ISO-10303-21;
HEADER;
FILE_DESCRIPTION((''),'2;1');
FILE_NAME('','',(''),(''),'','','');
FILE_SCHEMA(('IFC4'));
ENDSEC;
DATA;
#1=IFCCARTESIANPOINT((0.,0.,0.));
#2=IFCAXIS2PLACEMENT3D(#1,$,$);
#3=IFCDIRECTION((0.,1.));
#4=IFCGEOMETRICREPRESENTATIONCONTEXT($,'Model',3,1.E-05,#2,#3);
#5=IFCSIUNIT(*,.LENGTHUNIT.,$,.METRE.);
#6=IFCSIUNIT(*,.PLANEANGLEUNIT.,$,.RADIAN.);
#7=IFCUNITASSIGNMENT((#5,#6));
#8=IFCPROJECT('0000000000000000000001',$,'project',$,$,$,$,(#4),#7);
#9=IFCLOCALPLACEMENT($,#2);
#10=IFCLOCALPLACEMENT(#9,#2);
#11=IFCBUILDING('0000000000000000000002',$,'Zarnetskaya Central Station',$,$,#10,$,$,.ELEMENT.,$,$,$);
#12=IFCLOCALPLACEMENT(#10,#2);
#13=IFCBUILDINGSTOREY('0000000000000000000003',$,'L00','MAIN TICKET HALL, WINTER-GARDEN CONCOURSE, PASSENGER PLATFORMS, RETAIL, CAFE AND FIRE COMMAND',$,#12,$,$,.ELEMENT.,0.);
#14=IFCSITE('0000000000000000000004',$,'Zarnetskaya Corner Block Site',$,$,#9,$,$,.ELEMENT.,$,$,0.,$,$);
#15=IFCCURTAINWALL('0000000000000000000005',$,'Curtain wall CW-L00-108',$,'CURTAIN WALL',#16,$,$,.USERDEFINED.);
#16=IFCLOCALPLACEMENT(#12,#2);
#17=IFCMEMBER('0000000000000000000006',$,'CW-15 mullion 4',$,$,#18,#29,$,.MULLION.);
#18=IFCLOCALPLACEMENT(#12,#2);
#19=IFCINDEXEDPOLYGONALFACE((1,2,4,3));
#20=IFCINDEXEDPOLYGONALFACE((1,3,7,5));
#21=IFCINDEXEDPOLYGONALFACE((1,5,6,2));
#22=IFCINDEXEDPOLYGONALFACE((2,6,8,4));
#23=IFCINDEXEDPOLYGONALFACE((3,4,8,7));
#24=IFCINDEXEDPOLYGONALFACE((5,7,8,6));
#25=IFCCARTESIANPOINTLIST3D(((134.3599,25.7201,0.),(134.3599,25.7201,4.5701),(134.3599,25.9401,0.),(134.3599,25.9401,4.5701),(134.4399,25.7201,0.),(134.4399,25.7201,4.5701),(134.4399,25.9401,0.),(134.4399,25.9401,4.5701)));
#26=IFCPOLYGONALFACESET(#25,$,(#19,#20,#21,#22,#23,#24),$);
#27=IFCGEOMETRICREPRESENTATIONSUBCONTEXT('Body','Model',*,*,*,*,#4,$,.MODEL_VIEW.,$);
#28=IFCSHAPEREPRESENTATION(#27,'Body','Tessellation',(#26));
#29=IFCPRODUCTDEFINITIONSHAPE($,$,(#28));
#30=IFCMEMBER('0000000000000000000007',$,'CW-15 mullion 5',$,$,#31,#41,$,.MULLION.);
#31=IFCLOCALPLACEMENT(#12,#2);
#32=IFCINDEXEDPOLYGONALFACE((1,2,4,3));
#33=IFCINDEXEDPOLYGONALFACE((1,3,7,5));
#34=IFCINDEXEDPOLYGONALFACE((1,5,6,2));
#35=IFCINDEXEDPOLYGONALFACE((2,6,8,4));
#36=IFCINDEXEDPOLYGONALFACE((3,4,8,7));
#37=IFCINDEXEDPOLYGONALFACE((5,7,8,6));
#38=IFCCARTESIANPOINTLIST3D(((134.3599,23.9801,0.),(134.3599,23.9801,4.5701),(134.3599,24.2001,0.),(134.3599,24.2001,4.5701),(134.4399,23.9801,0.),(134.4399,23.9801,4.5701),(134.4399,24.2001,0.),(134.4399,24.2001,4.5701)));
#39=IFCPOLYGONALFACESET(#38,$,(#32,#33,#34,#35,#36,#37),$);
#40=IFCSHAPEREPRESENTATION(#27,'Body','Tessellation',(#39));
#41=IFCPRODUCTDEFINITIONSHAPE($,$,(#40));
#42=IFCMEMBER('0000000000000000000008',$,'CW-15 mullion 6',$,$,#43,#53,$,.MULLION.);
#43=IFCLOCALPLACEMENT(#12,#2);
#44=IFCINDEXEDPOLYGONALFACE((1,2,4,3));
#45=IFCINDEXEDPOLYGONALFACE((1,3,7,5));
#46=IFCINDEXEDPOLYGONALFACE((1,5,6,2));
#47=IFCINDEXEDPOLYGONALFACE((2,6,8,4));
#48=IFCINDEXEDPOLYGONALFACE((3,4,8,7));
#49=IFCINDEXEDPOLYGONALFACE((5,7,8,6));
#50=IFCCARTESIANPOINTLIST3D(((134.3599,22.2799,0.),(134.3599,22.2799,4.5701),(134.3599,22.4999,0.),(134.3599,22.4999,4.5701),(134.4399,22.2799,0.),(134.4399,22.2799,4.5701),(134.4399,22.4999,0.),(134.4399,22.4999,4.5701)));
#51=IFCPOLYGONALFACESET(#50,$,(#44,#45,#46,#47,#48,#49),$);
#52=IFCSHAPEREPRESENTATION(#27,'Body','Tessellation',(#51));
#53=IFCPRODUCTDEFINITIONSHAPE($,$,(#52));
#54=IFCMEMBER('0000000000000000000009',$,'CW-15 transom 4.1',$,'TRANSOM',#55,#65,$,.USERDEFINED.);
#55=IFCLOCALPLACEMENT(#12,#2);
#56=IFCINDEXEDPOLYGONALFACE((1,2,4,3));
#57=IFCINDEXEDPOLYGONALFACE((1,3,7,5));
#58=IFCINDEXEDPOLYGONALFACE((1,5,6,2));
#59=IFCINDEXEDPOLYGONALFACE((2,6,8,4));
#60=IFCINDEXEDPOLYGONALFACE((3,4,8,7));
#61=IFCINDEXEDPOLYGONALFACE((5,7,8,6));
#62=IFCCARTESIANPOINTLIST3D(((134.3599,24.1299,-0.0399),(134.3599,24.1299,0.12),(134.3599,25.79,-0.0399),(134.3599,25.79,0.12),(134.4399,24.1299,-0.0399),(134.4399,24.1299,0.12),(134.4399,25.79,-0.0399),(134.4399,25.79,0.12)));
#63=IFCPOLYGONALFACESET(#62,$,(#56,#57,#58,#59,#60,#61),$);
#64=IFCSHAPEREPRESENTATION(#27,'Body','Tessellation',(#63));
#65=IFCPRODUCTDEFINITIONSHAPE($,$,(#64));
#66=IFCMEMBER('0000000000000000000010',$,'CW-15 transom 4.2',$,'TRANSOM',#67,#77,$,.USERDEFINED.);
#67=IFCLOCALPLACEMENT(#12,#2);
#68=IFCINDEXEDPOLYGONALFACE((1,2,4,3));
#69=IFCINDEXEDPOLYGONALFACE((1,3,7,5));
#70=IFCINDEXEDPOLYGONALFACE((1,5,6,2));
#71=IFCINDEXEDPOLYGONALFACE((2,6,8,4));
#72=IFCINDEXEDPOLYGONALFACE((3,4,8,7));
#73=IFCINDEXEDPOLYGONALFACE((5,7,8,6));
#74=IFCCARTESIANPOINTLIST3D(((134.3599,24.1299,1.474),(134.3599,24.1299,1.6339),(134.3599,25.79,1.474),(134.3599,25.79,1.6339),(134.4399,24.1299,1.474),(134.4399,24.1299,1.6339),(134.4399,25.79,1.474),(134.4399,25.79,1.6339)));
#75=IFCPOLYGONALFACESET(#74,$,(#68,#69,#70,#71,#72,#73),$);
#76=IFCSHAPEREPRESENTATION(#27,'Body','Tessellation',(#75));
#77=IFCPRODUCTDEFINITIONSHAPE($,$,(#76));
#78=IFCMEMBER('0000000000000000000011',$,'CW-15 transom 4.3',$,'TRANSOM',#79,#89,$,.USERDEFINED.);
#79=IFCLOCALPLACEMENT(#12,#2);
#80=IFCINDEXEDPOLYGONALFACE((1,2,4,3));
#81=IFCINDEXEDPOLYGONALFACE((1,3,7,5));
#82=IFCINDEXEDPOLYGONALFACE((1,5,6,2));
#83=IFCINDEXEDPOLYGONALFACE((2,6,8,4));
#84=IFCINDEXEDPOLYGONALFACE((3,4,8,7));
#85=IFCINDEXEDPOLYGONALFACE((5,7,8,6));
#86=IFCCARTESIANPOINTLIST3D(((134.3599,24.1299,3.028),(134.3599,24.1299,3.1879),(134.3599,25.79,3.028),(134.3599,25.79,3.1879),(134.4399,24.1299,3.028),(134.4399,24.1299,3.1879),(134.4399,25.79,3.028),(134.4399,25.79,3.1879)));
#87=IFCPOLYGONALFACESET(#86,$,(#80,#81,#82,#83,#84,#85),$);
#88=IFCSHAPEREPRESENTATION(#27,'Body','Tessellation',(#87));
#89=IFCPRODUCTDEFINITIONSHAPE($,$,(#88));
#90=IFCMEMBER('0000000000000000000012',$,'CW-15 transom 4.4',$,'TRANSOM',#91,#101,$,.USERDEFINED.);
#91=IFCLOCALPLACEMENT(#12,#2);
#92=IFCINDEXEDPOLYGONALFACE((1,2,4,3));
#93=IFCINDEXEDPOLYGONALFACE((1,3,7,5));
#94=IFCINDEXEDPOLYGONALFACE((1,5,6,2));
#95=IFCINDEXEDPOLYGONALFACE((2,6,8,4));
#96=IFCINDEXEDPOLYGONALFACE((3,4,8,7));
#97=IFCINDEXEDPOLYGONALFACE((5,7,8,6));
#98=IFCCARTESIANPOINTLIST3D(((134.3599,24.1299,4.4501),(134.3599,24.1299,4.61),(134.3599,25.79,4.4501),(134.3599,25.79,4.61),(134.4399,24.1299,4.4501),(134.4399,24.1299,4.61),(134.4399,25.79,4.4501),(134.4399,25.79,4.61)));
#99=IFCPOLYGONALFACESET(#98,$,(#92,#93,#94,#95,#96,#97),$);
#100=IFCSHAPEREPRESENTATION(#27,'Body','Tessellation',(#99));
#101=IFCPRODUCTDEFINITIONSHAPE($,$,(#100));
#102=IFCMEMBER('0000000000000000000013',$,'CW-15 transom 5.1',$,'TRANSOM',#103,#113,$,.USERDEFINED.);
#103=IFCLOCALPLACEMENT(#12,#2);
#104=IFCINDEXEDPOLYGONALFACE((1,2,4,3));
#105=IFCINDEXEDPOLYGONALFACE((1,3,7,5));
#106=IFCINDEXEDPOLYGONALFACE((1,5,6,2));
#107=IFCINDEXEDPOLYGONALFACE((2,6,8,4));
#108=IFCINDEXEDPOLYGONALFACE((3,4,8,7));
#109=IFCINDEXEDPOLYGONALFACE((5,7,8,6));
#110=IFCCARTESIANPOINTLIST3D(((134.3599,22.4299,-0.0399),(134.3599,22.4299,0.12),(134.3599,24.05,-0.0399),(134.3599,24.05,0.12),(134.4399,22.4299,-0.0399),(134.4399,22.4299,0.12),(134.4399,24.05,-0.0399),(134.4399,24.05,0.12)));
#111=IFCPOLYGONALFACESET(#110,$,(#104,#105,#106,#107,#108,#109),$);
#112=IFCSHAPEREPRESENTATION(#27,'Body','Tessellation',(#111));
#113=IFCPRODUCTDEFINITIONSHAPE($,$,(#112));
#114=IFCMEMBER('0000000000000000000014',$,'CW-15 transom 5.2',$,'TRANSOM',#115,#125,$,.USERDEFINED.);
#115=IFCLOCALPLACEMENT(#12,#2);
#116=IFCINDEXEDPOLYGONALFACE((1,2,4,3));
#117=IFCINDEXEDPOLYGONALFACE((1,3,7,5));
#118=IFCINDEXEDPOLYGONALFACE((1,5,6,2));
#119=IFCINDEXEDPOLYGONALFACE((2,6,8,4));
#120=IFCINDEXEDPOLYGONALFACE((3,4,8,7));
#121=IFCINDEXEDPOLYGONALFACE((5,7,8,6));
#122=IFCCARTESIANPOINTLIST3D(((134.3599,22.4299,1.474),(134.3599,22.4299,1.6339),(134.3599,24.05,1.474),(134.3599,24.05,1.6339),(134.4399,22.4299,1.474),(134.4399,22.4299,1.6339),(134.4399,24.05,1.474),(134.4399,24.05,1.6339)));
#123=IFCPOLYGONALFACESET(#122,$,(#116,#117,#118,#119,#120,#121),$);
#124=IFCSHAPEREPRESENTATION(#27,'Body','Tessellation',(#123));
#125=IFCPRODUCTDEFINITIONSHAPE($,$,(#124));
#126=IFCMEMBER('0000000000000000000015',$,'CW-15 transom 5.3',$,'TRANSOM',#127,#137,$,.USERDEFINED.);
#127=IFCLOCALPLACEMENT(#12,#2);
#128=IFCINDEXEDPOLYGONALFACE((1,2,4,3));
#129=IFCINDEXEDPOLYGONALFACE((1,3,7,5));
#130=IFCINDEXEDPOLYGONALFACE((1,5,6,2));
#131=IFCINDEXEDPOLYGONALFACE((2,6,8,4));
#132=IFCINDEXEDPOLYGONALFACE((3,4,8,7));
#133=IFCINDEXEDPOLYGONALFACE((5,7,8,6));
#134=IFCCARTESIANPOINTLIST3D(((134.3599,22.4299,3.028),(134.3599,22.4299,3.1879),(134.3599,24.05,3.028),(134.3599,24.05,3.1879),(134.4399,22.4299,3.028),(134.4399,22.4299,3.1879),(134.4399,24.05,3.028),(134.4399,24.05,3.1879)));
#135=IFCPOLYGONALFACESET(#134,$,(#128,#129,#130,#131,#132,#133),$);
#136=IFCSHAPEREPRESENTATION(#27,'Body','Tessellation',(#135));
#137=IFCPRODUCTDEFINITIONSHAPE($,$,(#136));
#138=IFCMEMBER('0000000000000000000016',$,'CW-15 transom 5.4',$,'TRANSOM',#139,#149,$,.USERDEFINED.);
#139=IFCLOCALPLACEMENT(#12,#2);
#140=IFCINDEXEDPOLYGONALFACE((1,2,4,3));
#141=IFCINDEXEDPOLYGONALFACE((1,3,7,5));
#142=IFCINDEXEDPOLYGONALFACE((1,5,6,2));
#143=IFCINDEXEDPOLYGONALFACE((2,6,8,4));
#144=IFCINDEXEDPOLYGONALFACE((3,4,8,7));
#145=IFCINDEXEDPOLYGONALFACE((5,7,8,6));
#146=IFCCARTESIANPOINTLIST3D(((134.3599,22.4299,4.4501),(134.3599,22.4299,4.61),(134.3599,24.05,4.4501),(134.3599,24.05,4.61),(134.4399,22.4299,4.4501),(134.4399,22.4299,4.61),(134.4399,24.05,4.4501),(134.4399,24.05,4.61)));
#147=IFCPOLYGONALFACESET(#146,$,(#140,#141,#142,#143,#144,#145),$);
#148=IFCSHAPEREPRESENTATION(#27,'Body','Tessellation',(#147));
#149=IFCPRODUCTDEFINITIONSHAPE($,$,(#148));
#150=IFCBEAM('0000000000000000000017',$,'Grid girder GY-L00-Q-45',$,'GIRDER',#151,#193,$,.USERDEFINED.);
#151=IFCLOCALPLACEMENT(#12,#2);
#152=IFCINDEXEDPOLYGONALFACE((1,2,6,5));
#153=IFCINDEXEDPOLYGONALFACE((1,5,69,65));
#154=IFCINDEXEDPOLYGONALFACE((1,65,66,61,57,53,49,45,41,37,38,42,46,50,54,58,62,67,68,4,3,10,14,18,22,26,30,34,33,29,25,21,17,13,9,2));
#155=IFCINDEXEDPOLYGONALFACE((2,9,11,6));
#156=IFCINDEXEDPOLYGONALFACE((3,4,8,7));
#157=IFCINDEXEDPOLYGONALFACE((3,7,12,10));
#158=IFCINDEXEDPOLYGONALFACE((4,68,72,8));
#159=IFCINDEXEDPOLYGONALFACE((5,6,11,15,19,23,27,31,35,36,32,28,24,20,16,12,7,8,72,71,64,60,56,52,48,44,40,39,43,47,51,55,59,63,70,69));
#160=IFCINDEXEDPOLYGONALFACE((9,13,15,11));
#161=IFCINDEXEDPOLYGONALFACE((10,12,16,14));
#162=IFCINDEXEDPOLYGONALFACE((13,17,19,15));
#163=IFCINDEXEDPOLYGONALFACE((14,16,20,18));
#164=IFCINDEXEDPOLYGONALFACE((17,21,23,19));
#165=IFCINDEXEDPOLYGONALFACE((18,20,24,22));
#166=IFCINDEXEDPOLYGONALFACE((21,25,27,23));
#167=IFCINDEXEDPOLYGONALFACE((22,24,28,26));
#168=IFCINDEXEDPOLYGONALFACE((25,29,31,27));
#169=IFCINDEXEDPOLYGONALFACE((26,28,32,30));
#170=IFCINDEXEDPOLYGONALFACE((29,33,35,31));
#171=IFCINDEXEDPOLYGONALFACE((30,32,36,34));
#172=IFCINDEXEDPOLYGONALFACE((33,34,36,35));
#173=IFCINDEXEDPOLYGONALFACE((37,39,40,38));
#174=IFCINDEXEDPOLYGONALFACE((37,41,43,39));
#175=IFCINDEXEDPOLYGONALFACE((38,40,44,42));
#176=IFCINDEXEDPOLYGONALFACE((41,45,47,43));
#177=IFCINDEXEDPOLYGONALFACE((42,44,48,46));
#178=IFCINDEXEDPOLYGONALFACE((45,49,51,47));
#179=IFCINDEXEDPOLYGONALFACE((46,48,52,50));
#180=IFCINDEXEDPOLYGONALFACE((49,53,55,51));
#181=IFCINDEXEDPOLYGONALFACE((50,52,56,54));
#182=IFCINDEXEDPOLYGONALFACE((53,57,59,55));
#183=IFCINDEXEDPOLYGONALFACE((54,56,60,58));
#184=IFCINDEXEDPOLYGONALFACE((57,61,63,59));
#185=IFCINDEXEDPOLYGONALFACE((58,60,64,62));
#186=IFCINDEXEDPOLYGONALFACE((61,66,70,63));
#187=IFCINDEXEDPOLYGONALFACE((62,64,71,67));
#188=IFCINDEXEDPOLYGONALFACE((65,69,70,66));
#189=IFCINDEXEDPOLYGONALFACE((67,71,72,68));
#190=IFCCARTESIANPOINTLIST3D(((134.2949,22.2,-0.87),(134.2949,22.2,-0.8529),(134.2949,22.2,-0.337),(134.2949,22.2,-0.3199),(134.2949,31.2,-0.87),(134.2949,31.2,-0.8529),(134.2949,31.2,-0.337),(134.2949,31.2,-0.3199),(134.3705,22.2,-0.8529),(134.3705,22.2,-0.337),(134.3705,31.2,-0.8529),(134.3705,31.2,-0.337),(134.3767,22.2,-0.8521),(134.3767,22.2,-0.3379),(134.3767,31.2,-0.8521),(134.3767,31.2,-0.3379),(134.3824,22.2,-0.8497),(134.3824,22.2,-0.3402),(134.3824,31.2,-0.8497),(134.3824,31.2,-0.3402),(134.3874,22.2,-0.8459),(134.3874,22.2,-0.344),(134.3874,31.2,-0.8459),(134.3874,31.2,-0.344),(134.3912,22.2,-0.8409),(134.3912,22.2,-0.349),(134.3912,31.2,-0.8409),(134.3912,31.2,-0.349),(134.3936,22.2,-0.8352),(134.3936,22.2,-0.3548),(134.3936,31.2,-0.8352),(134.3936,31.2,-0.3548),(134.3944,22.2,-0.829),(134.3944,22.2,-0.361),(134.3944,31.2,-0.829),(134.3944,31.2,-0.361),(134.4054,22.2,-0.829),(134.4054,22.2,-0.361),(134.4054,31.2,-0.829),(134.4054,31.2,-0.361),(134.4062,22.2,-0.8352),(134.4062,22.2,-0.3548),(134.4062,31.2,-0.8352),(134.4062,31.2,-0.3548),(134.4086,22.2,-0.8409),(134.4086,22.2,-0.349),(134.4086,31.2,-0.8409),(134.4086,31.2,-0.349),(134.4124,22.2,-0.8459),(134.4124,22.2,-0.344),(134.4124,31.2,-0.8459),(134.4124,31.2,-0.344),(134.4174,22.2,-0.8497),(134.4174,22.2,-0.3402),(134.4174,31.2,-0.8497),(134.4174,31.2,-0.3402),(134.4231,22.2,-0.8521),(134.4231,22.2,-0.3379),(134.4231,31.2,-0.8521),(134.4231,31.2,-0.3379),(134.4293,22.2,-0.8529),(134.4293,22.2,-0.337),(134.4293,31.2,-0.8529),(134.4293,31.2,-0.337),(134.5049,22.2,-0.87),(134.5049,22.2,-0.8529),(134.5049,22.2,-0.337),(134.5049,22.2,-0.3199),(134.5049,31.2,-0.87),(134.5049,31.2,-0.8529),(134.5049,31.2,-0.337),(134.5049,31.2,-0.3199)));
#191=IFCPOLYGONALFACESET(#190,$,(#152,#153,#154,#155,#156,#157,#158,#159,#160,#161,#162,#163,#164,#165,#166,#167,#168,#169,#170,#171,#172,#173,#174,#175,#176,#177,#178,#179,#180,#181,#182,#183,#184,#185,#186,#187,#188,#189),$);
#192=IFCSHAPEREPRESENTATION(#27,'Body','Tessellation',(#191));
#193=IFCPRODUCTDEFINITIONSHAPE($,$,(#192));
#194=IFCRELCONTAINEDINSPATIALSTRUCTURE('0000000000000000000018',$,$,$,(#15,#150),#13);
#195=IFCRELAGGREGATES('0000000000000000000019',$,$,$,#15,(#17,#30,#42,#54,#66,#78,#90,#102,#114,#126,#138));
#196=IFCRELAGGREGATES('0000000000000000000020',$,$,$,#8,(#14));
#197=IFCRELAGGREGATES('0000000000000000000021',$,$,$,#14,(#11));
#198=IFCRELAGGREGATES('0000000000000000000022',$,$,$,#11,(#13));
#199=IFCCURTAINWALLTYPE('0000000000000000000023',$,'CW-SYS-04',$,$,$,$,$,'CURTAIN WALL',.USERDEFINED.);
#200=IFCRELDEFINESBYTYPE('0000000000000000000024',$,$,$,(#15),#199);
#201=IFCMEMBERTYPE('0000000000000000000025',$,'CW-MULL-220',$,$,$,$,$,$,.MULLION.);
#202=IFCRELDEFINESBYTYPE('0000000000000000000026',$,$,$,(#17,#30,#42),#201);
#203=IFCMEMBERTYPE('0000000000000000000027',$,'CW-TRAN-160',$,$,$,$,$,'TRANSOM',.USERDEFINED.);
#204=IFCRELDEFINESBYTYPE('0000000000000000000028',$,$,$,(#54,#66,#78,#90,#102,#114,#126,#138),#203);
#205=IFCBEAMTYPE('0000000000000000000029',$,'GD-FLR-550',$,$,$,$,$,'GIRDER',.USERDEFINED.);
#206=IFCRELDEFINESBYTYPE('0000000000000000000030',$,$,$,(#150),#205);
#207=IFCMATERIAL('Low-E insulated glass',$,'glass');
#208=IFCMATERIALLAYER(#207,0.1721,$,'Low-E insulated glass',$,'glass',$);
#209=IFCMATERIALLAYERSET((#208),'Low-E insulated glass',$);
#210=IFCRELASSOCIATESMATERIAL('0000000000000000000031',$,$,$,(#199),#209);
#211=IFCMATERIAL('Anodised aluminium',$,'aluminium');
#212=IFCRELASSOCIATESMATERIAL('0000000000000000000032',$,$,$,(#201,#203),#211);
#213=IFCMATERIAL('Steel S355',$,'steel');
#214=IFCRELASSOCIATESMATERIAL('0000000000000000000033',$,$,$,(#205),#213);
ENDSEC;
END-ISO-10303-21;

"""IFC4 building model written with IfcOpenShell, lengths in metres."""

from ifc_helpers import new_model, si_unit, direction, frame, origin, origin_2d, place, context, subcontext, project, spatial, rectangle, i_section, extrude, material, layer, layer_set, material_profile, profile_set, type_object, element, aggregate, save


model = new_model("IFC4")

# Units and contexts
model_context = context("Model", 3, precision=1e-05, world=origin(), true_north=direction((0.0, 1.0)))
body_context = subcontext(model_context, "Body", "Model", "MODEL_VIEW")
ifc_project = project(units=[si_unit("LENGTHUNIT", "METRE"), si_unit("PLANEANGLEUNIT", "RADIAN")], contexts=[model_context])

# Site, building, storey
site_placement = place(None, origin())
site = spatial("IfcSite", under=ifc_project, at=site_placement, Name="Zarnetskaya Corner Block Site", CompositionType="ELEMENT", RefElevation=0.0)
building_placement = place(site_placement, origin())
building = spatial("IfcBuilding", under=site, at=building_placement, Name="Zarnetskaya Central Station", CompositionType="ELEMENT")
storey_placement = place(building_placement, origin())
storey = spatial("IfcBuildingStorey", under=building, at=storey_placement, Name="L00", Description="MAIN TICKET HALL, WINTER-GARDEN CONCOURSE, PASSENGER PLATFORMS, RETAIL, CAFE AND FIRE COMMAND", CompositionType="ELEMENT", Elevation=0.0)

# Curtain wall, members
ifc_material_1 = material(Name="Low-E insulated glass", Category="glass")
ifc_layer_1 = layer(ifc_material_1, 0.1721, Name="Low-E insulated glass", Category="glass")
ifc_layer_set_1 = layer_set([ifc_layer_1], Name="Low-E insulated glass")
curtain_wall_type = type_object("IfcCurtainWallType", Name="CW-SYS-04", ElementType="CURTAIN WALL", PredefinedType="USERDEFINED", material=ifc_layer_set_1)
curtain_wall_placement = place(storey_placement, origin())
curtain_wall = element("IfcCurtainWall", 1, at=curtain_wall_placement, inside=storey, type_object=curtain_wall_type, Name="Curtain wall CW-L00-108", ObjectType="CURTAIN WALL", PredefinedType="USERDEFINED")
ifc_material_2 = material(Name="Anodised aluminium", Category="aluminium")
ifc_material_profile_1 = material_profile(ifc_material_2, rectangle(XDim=0.0801, YDim=0.22, at=origin_2d()), Name="ALU MULL 80x220")
ifc_profile_set_1 = profile_set([ifc_material_profile_1], Name="Anodised aluminium")
member_type_1 = type_object("IfcMemberType", Name="CW-MULL-220", PredefinedType="MULLION", material=ifc_profile_set_1)
member_1_placement = place(storey_placement, frame((134.3999, 25.8301, 0.0), z_axis=(0.0, 0.0, 1.0), x_axis=(1.0, 0.0, 0.0)))
member_1 = element("IfcMember", 2, at=member_1_placement, type_object=member_type_1, Name="CW-15 mullion 4", PredefinedType="MULLION", context=body_context, shape_type="SweptSolid", body=[
    extrude(rectangle(XDim=0.0801, YDim=0.22, at=origin_2d()), origin(), (0.0, 0.0, 1.0), 4.5701),
])
member_2_placement = place(storey_placement, frame((134.3999, 24.0901, 0.0), z_axis=(0.0, 0.0, 1.0), x_axis=(1.0, 0.0, 0.0)))
member_2 = element("IfcMember", 3, at=member_2_placement, type_object=member_type_1, Name="CW-15 mullion 5", PredefinedType="MULLION", context=body_context, shape_type="SweptSolid", body=[
    extrude(rectangle(XDim=0.0801, YDim=0.22, at=origin_2d()), origin(), (0.0, 0.0, 1.0), 4.5701),
])
member_3_placement = place(storey_placement, frame((134.3999, 22.3899, 0.0), z_axis=(0.0, 0.0, 1.0), x_axis=(1.0, 0.0, 0.0)))
member_3 = element("IfcMember", 4, at=member_3_placement, type_object=member_type_1, Name="CW-15 mullion 6", PredefinedType="MULLION", context=body_context, shape_type="SweptSolid", body=[
    extrude(rectangle(XDim=0.0801, YDim=0.22, at=origin_2d()), origin(), (0.0, 0.0, 1.0), 4.5701),
])
ifc_material_profile_2 = material_profile(ifc_material_2, rectangle(XDim=0.0801, YDim=0.1599, at=origin_2d()), Name="ALU TRAN 80x160")
ifc_profile_set_2 = profile_set([ifc_material_profile_2], Name="Anodised aluminium")
member_type_2 = type_object("IfcMemberType", Name="CW-TRAN-160", ElementType="TRANSOM", PredefinedType="USERDEFINED", material=ifc_profile_set_2)
member_4_placement = place(storey_placement, frame((134.3999, 25.79, 0.04), z_axis=(0.0, -1.0, 0.0), x_axis=(1.0, 0.0, 0.0)))
member_4 = element("IfcMember", 5, at=member_4_placement, type_object=member_type_2, Name="CW-15 transom 4.1", ObjectType="TRANSOM", PredefinedType="USERDEFINED", context=body_context, shape_type="SweptSolid", body=[
    extrude(rectangle(XDim=0.0801, YDim=0.1599, at=origin_2d()), origin(), (0.0, 0.0, 1.0), 1.6602),
])
member_5_placement = place(storey_placement, frame((134.3999, 25.79, 1.554), z_axis=(0.0, -1.0, 0.0), x_axis=(1.0, 0.0, 0.0)))
member_5 = element("IfcMember", 6, at=member_5_placement, type_object=member_type_2, Name="CW-15 transom 4.2", ObjectType="TRANSOM", PredefinedType="USERDEFINED", context=body_context, shape_type="SweptSolid", body=[
    extrude(rectangle(XDim=0.0801, YDim=0.1599, at=origin_2d()), origin(), (0.0, 0.0, 1.0), 1.6602),
])
member_6_placement = place(storey_placement, frame((134.3999, 25.79, 3.1079), z_axis=(0.0, -1.0, 0.0), x_axis=(1.0, 0.0, 0.0)))
member_6 = element("IfcMember", 7, at=member_6_placement, type_object=member_type_2, Name="CW-15 transom 4.3", ObjectType="TRANSOM", PredefinedType="USERDEFINED", context=body_context, shape_type="SweptSolid", body=[
    extrude(rectangle(XDim=0.0801, YDim=0.1599, at=origin_2d()), origin(), (0.0, 0.0, 1.0), 1.6602),
])
member_7_placement = place(storey_placement, frame((134.3999, 25.79, 4.53), z_axis=(0.0, -1.0, 0.0), x_axis=(1.0, 0.0, 0.0)))
member_7 = element("IfcMember", 8, at=member_7_placement, type_object=member_type_2, Name="CW-15 transom 4.4", ObjectType="TRANSOM", PredefinedType="USERDEFINED", context=body_context, shape_type="SweptSolid", body=[
    extrude(rectangle(XDim=0.0801, YDim=0.1599, at=origin_2d()), origin(), (0.0, 0.0, 1.0), 1.6602),
])
member_8_placement = place(storey_placement, frame((134.3999, 24.05, 0.04), z_axis=(0.0, -1.0, 0.0), x_axis=(1.0, 0.0, 0.0)))
member_8 = element("IfcMember", 9, at=member_8_placement, type_object=member_type_2, Name="CW-15 transom 5.1", ObjectType="TRANSOM", PredefinedType="USERDEFINED", context=body_context, shape_type="SweptSolid", body=[
    extrude(rectangle(XDim=0.0801, YDim=0.1599, at=origin_2d()), origin(), (0.0, 0.0, 1.0), 1.6201),
])
member_9_placement = place(storey_placement, frame((134.3999, 24.05, 1.554), z_axis=(0.0, -1.0, 0.0), x_axis=(1.0, 0.0, 0.0)))
member_9 = element("IfcMember", 10, at=member_9_placement, type_object=member_type_2, Name="CW-15 transom 5.2", ObjectType="TRANSOM", PredefinedType="USERDEFINED", context=body_context, shape_type="SweptSolid", body=[
    extrude(rectangle(XDim=0.0801, YDim=0.1599, at=origin_2d()), origin(), (0.0, 0.0, 1.0), 1.6201),
])
member_10_placement = place(storey_placement, frame((134.3999, 24.05, 3.1079), z_axis=(0.0, -1.0, 0.0), x_axis=(1.0, 0.0, 0.0)))
member_10 = element("IfcMember", 11, at=member_10_placement, type_object=member_type_2, Name="CW-15 transom 5.3", ObjectType="TRANSOM", PredefinedType="USERDEFINED", context=body_context, shape_type="SweptSolid", body=[
    extrude(rectangle(XDim=0.0801, YDim=0.1599, at=origin_2d()), origin(), (0.0, 0.0, 1.0), 1.6201),
])
member_11_placement = place(storey_placement, frame((134.3999, 24.05, 4.53), z_axis=(0.0, -1.0, 0.0), x_axis=(1.0, 0.0, 0.0)))
member_11 = element("IfcMember", 12, at=member_11_placement, type_object=member_type_2, Name="CW-15 transom 5.4", ObjectType="TRANSOM", PredefinedType="USERDEFINED", context=body_context, shape_type="SweptSolid", body=[
    extrude(rectangle(XDim=0.0801, YDim=0.1599, at=origin_2d()), origin(), (0.0, 0.0, 1.0), 1.6201),
])

# Beam
ifc_material_3 = material(Name="Steel S355", Category="steel")
ifc_material_profile_3 = material_profile(ifc_material_3, i_section(OverallWidth=0.21, OverallDepth=0.55, WebThickness=0.011, FlangeThickness=0.0171, FilletRadius=0.0239, at=origin_2d()), Name="IPE 550")
ifc_profile_set_3 = profile_set([ifc_material_profile_3], Name="Steel S355")
beam_type = type_object("IfcBeamType", Name="GD-FLR-550", ElementType="GIRDER", PredefinedType="USERDEFINED", material=ifc_profile_set_3)
beam_placement = place(storey_placement, frame((134.3999, 22.2, -0.595), z_axis=(0.0, 1.0, 0.0), x_axis=(-1.0, 0.0, 0.0)))
element("IfcBeam", 13, at=beam_placement, inside=storey, type_object=beam_type, Name="Grid girder GY-L00-Q-45", ObjectType="GIRDER", PredefinedType="USERDEFINED", context=body_context, shape_type="SweptSolid", body=[
    extrude(i_section(OverallWidth=0.21, OverallDepth=0.55, WebThickness=0.011, FlangeThickness=0.0171, FilletRadius=0.0239, at=origin_2d()), origin(), (0.0, 0.0, 1.0), 9.0),
])

aggregate(curtain_wall, [member_1, member_2, member_3, member_4, member_5, member_6, member_7, member_8, member_9, member_10, member_11])

save(model, "model.ifc")
